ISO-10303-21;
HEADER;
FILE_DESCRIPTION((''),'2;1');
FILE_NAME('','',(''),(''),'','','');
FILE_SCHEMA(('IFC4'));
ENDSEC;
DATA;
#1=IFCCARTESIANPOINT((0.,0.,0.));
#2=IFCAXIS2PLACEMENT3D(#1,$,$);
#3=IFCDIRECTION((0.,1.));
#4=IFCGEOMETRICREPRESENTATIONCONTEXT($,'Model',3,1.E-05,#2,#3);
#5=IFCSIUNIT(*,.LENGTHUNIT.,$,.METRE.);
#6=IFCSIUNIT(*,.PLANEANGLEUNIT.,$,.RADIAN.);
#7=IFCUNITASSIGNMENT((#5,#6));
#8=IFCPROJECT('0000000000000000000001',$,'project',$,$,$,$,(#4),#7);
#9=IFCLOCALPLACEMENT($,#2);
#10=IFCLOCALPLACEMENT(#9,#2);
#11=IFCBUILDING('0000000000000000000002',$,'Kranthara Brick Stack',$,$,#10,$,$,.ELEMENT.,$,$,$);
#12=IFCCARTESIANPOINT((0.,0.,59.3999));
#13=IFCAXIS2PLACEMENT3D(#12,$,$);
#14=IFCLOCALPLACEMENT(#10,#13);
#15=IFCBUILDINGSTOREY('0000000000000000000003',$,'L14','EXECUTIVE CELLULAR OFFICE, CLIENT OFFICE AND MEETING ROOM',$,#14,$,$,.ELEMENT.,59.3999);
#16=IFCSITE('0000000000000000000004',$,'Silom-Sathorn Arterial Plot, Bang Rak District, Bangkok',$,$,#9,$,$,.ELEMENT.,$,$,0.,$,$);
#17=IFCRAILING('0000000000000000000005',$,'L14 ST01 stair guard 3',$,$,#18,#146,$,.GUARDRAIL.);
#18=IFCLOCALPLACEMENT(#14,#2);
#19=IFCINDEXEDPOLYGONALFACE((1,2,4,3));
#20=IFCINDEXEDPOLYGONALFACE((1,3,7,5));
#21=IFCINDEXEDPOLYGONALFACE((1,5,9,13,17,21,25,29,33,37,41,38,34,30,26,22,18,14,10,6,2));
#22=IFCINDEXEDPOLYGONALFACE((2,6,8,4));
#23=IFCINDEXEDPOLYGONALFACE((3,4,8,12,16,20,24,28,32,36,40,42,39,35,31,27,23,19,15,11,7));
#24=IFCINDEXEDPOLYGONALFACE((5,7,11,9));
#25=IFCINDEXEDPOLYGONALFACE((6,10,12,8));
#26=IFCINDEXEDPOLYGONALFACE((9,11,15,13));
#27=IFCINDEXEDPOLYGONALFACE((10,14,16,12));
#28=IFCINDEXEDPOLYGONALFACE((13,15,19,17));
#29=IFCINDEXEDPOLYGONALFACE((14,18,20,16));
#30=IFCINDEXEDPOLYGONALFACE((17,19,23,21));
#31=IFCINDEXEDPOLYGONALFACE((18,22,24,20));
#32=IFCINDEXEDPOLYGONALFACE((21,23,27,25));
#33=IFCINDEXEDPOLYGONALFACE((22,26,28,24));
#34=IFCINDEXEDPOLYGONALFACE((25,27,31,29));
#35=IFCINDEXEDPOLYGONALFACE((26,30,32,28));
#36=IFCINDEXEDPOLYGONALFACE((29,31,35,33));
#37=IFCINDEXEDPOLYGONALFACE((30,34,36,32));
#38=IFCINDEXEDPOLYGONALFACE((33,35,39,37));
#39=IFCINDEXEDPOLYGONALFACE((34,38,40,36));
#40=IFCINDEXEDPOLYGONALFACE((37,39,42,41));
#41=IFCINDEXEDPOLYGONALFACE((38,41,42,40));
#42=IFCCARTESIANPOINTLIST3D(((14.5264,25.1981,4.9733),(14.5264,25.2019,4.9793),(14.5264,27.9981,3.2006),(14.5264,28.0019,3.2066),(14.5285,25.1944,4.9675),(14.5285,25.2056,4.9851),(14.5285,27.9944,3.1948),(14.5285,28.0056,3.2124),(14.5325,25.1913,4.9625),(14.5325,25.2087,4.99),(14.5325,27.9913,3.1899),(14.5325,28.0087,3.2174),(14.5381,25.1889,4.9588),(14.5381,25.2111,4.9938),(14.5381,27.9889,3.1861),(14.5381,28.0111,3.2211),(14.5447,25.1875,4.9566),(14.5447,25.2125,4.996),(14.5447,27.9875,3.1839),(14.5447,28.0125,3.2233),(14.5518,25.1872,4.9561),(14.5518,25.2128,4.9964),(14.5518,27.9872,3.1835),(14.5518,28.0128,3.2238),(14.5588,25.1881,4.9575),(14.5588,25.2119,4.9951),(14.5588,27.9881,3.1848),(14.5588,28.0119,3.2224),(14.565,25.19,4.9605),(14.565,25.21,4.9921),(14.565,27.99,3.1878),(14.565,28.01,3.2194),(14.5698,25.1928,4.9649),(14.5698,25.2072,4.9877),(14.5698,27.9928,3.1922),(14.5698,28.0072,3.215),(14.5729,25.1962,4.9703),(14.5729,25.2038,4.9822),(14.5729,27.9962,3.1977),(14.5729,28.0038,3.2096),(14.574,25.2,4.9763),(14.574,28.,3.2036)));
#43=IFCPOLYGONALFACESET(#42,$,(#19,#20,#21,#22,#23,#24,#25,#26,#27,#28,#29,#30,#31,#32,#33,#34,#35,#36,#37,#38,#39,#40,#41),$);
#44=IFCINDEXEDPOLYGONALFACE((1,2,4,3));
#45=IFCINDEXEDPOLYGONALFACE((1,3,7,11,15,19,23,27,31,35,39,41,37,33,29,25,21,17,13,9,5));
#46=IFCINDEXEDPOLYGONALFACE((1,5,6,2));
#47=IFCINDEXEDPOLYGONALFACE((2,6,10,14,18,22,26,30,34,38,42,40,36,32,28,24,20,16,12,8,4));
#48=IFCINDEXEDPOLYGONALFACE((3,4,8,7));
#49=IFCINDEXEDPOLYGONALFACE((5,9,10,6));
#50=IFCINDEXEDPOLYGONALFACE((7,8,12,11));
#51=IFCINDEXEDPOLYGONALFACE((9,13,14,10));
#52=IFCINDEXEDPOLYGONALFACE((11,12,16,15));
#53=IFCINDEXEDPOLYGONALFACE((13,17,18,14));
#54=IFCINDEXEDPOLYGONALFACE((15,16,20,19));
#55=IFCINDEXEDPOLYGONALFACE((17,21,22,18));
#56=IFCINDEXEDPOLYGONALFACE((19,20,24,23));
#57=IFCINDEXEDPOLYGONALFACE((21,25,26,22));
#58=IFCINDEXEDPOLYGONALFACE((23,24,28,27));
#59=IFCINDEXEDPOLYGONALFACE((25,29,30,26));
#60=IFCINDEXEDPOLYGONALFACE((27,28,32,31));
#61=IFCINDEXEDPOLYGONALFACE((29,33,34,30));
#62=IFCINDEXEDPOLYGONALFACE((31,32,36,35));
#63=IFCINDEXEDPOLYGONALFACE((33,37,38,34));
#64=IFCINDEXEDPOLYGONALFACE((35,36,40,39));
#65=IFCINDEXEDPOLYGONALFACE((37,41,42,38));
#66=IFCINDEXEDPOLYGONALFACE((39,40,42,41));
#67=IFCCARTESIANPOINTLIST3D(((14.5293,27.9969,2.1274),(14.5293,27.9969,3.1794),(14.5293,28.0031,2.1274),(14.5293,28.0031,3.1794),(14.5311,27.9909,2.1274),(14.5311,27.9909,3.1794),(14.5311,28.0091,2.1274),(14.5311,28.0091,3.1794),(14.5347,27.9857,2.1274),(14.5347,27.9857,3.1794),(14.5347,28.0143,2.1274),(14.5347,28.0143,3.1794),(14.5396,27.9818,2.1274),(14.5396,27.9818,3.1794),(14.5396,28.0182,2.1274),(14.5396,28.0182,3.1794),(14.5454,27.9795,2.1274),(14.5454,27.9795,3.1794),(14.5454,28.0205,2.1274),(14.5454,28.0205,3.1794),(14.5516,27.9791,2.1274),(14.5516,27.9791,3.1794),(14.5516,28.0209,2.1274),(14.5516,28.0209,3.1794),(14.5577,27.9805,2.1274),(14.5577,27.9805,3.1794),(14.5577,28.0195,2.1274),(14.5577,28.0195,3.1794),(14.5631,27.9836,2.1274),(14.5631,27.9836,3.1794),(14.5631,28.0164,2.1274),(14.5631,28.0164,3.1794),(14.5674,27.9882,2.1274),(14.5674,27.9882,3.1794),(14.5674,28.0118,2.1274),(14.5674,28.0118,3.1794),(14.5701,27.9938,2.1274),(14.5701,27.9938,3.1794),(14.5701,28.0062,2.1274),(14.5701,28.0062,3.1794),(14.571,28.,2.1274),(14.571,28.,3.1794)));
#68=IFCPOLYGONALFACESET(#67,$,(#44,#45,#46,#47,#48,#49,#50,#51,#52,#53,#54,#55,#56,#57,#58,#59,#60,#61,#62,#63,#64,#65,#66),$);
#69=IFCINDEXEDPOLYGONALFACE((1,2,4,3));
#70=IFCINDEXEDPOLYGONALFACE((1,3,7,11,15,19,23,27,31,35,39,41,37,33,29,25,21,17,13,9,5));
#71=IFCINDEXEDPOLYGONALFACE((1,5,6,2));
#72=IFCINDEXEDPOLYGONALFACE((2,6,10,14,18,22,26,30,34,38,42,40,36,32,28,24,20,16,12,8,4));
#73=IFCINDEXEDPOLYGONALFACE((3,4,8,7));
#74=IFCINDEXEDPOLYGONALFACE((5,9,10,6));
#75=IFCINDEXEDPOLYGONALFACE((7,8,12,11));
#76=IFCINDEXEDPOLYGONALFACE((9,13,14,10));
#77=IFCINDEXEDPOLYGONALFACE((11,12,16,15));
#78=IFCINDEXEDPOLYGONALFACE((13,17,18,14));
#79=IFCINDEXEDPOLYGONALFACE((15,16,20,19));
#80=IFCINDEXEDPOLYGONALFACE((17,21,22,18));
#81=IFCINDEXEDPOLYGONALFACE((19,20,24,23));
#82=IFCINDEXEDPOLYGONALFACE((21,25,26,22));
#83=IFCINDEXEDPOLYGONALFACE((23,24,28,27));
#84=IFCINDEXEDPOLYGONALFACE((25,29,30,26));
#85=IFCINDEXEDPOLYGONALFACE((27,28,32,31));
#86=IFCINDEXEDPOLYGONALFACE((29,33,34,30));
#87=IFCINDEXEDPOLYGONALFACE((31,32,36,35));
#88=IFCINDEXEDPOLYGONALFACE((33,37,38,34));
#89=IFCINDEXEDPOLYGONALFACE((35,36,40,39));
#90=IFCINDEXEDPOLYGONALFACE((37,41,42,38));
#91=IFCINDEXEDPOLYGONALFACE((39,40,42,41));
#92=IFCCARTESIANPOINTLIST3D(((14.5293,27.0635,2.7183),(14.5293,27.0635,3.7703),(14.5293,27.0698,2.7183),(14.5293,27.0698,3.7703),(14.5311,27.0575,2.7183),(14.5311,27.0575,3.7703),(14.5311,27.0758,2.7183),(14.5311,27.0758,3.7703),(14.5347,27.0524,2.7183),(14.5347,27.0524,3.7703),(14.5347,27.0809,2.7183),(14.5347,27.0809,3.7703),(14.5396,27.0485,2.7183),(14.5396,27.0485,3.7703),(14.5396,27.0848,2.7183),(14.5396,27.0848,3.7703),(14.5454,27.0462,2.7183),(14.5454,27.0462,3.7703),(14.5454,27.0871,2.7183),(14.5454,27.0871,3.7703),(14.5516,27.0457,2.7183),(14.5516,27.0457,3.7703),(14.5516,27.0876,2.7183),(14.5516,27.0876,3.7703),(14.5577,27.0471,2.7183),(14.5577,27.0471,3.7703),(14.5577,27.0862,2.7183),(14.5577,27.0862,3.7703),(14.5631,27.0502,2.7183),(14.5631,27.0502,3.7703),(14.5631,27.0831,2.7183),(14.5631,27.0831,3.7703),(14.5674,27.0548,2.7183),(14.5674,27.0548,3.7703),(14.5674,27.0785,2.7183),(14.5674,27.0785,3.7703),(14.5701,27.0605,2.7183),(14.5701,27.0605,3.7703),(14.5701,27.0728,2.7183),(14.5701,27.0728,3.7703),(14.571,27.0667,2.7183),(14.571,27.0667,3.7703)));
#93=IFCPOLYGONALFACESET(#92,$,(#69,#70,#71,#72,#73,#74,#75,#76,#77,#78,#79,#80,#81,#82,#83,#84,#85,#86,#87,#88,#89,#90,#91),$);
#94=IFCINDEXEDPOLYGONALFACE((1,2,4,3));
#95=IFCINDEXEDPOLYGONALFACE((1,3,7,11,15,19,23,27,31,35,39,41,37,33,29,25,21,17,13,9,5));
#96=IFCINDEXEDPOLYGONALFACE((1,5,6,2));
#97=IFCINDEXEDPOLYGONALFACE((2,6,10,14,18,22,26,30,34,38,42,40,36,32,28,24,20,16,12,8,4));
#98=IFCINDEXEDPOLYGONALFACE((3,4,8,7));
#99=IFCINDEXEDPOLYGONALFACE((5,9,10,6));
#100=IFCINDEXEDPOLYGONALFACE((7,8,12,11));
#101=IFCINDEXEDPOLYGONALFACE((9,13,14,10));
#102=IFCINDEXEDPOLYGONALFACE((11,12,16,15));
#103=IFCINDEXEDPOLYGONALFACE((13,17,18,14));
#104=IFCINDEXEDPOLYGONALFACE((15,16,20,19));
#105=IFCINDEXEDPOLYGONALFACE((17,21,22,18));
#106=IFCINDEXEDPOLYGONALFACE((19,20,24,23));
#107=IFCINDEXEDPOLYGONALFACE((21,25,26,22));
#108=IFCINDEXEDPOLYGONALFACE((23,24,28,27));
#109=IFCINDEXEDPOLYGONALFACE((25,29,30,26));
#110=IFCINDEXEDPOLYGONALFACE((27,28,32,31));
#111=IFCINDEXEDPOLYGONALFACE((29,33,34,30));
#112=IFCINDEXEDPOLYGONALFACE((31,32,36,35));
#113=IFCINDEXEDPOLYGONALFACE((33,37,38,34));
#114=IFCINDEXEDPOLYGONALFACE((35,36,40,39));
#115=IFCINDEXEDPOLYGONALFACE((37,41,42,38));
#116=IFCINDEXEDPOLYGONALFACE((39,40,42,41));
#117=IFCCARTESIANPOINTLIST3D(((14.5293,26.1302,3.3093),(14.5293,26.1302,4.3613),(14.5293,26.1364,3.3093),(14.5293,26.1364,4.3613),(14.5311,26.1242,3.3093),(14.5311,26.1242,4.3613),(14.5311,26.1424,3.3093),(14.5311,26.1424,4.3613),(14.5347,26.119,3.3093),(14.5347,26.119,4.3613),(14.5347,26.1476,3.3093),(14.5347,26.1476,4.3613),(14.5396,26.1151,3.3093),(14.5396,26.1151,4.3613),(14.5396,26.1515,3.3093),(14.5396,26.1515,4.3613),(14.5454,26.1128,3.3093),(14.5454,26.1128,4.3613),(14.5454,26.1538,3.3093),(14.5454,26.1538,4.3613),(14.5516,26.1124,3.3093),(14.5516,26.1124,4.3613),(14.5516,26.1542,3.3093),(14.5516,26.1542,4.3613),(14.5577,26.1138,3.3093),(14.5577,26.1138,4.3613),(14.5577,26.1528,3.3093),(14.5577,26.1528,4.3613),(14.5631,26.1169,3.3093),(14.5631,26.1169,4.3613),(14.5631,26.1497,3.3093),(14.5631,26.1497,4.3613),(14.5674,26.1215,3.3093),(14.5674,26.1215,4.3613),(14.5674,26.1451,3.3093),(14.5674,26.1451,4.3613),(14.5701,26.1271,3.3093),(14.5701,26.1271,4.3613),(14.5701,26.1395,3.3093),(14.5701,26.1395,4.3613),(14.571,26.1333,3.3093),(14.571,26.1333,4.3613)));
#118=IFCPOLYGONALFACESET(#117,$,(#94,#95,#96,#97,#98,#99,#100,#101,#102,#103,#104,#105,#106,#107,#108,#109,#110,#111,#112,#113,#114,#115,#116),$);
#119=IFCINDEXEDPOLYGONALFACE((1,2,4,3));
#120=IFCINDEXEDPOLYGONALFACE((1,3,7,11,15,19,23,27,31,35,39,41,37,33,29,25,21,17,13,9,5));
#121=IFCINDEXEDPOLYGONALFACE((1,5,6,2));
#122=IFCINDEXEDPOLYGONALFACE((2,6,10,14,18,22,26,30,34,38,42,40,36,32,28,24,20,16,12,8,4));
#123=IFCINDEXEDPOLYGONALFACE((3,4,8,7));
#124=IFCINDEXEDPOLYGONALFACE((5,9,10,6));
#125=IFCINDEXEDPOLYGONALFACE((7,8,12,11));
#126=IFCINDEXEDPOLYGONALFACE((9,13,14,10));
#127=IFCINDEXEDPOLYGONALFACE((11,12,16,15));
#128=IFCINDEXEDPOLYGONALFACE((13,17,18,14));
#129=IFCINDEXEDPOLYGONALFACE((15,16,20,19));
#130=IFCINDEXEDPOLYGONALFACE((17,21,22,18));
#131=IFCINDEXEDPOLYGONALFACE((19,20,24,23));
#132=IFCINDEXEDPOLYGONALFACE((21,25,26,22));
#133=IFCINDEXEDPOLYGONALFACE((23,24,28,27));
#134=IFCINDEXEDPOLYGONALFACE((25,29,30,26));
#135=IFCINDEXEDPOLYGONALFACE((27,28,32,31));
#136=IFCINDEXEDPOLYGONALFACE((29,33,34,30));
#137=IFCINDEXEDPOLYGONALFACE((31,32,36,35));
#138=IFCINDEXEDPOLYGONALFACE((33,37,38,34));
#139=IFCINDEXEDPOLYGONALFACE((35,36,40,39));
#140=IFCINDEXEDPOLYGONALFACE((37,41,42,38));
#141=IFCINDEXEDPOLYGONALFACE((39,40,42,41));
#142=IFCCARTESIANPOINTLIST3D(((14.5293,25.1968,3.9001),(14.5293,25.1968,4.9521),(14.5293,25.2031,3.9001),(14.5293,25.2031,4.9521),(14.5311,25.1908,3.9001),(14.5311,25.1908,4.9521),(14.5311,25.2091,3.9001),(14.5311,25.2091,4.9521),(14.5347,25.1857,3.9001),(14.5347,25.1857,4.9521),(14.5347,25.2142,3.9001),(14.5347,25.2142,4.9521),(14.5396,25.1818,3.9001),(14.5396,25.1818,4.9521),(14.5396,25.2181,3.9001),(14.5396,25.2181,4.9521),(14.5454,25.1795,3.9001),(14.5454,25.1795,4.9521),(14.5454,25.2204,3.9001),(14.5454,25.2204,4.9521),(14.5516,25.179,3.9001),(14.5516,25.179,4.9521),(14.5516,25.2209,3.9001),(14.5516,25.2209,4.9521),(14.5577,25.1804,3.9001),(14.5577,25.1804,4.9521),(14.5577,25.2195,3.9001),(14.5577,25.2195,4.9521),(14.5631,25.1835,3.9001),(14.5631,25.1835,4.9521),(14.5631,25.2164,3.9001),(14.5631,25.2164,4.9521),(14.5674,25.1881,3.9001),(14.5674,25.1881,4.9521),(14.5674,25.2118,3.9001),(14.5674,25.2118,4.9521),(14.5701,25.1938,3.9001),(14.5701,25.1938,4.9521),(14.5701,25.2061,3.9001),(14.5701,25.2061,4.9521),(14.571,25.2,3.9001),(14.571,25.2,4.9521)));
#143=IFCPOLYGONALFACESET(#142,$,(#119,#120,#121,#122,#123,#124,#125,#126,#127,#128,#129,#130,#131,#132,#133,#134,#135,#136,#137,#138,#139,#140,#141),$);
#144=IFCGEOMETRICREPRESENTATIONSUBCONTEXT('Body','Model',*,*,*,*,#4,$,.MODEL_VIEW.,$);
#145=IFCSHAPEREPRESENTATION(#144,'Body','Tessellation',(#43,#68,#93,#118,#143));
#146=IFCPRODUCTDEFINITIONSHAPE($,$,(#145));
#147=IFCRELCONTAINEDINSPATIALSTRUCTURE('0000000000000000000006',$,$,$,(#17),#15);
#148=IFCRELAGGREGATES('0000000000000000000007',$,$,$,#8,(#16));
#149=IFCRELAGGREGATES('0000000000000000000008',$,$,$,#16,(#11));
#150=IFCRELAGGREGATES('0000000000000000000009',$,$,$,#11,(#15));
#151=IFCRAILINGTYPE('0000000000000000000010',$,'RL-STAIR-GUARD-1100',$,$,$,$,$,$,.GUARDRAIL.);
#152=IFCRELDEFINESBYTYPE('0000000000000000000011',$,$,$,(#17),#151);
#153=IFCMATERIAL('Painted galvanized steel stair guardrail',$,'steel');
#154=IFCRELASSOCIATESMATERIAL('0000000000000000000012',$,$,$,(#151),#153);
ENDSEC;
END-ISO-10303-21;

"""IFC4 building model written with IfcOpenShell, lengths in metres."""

from ifc_helpers import new_model, si_unit, direction, frame, origin, origin_2d, place, context, subcontext, project, spatial, circle, extrude, material, type_object, element, save


model = new_model("IFC4")

# Units and contexts
model_context = context("Model", 3, precision=1e-05, world=origin(), true_north=direction((0.0, 1.0)))
body_context = subcontext(model_context, "Body", "Model", "MODEL_VIEW")
ifc_project = project(units=[si_unit("LENGTHUNIT", "METRE"), si_unit("PLANEANGLEUNIT", "RADIAN")], contexts=[model_context])

# Site, building, storey
site_placement = place(None, origin())
site = spatial("IfcSite", under=ifc_project, at=site_placement, Name="Silom-Sathorn Arterial Plot, Bang Rak District, Bangkok", CompositionType="ELEMENT", RefElevation=0.0)
building_placement = place(site_placement, origin())
building = spatial("IfcBuilding", under=site, at=building_placement, Name="Kranthara Brick Stack", CompositionType="ELEMENT")
storey_placement = place(building_placement, frame((0.0, 0.0, 59.3999)))
storey = spatial("IfcBuildingStorey", under=building, at=storey_placement, Name="L14", Description="EXECUTIVE CELLULAR OFFICE, CLIENT OFFICE AND MEETING ROOM", CompositionType="ELEMENT", Elevation=59.3999)

# Railing
ifc_material_1 = material(Name="Painted galvanized steel stair guardrail", Category="steel")
railing_type_1 = type_object("IfcRailingType", Name="RL-STAIR-GUARD-1100", PredefinedType="GUARDRAIL", material=ifc_material_1)
railing_1_placement = place(storey_placement, frame((14.55, 28.0, 2.1274)))
element("IfcRailing", 1, at=railing_1_placement, inside=storey, type_object=railing_type_1, Name="L14 ST01 stair guard 3", PredefinedType="GUARDRAIL", context=body_context, shape_type="SweptSolid", body=[
    extrude(circle(Radius=0.0239, at=origin_2d()), frame((0.0, 0.0, 1.0762), z_axis=(0.0, -0.844909, 0.53491), x_axis=(1.0, 0.0, 0.0)), (0.0, 0.0, 1.0), 3.314),
    extrude(circle(Radius=0.021, at=origin_2d()), origin(), (0.0, 0.0, 1.0), 1.052),
    extrude(circle(Radius=0.021, at=origin_2d()), frame((0.0, -0.9333, 0.5908)), (0.0, 0.0, 1.0), 1.052),
    extrude(circle(Radius=0.021, at=origin_2d()), frame((0.0, -1.8667, 1.1819)), (0.0, 0.0, 1.0), 1.052),
    extrude(circle(Radius=0.021, at=origin_2d()), frame((0.0, -2.8, 1.7727)), (0.0, 0.0, 1.0), 1.052),
])

save(model, "model.ifc")
